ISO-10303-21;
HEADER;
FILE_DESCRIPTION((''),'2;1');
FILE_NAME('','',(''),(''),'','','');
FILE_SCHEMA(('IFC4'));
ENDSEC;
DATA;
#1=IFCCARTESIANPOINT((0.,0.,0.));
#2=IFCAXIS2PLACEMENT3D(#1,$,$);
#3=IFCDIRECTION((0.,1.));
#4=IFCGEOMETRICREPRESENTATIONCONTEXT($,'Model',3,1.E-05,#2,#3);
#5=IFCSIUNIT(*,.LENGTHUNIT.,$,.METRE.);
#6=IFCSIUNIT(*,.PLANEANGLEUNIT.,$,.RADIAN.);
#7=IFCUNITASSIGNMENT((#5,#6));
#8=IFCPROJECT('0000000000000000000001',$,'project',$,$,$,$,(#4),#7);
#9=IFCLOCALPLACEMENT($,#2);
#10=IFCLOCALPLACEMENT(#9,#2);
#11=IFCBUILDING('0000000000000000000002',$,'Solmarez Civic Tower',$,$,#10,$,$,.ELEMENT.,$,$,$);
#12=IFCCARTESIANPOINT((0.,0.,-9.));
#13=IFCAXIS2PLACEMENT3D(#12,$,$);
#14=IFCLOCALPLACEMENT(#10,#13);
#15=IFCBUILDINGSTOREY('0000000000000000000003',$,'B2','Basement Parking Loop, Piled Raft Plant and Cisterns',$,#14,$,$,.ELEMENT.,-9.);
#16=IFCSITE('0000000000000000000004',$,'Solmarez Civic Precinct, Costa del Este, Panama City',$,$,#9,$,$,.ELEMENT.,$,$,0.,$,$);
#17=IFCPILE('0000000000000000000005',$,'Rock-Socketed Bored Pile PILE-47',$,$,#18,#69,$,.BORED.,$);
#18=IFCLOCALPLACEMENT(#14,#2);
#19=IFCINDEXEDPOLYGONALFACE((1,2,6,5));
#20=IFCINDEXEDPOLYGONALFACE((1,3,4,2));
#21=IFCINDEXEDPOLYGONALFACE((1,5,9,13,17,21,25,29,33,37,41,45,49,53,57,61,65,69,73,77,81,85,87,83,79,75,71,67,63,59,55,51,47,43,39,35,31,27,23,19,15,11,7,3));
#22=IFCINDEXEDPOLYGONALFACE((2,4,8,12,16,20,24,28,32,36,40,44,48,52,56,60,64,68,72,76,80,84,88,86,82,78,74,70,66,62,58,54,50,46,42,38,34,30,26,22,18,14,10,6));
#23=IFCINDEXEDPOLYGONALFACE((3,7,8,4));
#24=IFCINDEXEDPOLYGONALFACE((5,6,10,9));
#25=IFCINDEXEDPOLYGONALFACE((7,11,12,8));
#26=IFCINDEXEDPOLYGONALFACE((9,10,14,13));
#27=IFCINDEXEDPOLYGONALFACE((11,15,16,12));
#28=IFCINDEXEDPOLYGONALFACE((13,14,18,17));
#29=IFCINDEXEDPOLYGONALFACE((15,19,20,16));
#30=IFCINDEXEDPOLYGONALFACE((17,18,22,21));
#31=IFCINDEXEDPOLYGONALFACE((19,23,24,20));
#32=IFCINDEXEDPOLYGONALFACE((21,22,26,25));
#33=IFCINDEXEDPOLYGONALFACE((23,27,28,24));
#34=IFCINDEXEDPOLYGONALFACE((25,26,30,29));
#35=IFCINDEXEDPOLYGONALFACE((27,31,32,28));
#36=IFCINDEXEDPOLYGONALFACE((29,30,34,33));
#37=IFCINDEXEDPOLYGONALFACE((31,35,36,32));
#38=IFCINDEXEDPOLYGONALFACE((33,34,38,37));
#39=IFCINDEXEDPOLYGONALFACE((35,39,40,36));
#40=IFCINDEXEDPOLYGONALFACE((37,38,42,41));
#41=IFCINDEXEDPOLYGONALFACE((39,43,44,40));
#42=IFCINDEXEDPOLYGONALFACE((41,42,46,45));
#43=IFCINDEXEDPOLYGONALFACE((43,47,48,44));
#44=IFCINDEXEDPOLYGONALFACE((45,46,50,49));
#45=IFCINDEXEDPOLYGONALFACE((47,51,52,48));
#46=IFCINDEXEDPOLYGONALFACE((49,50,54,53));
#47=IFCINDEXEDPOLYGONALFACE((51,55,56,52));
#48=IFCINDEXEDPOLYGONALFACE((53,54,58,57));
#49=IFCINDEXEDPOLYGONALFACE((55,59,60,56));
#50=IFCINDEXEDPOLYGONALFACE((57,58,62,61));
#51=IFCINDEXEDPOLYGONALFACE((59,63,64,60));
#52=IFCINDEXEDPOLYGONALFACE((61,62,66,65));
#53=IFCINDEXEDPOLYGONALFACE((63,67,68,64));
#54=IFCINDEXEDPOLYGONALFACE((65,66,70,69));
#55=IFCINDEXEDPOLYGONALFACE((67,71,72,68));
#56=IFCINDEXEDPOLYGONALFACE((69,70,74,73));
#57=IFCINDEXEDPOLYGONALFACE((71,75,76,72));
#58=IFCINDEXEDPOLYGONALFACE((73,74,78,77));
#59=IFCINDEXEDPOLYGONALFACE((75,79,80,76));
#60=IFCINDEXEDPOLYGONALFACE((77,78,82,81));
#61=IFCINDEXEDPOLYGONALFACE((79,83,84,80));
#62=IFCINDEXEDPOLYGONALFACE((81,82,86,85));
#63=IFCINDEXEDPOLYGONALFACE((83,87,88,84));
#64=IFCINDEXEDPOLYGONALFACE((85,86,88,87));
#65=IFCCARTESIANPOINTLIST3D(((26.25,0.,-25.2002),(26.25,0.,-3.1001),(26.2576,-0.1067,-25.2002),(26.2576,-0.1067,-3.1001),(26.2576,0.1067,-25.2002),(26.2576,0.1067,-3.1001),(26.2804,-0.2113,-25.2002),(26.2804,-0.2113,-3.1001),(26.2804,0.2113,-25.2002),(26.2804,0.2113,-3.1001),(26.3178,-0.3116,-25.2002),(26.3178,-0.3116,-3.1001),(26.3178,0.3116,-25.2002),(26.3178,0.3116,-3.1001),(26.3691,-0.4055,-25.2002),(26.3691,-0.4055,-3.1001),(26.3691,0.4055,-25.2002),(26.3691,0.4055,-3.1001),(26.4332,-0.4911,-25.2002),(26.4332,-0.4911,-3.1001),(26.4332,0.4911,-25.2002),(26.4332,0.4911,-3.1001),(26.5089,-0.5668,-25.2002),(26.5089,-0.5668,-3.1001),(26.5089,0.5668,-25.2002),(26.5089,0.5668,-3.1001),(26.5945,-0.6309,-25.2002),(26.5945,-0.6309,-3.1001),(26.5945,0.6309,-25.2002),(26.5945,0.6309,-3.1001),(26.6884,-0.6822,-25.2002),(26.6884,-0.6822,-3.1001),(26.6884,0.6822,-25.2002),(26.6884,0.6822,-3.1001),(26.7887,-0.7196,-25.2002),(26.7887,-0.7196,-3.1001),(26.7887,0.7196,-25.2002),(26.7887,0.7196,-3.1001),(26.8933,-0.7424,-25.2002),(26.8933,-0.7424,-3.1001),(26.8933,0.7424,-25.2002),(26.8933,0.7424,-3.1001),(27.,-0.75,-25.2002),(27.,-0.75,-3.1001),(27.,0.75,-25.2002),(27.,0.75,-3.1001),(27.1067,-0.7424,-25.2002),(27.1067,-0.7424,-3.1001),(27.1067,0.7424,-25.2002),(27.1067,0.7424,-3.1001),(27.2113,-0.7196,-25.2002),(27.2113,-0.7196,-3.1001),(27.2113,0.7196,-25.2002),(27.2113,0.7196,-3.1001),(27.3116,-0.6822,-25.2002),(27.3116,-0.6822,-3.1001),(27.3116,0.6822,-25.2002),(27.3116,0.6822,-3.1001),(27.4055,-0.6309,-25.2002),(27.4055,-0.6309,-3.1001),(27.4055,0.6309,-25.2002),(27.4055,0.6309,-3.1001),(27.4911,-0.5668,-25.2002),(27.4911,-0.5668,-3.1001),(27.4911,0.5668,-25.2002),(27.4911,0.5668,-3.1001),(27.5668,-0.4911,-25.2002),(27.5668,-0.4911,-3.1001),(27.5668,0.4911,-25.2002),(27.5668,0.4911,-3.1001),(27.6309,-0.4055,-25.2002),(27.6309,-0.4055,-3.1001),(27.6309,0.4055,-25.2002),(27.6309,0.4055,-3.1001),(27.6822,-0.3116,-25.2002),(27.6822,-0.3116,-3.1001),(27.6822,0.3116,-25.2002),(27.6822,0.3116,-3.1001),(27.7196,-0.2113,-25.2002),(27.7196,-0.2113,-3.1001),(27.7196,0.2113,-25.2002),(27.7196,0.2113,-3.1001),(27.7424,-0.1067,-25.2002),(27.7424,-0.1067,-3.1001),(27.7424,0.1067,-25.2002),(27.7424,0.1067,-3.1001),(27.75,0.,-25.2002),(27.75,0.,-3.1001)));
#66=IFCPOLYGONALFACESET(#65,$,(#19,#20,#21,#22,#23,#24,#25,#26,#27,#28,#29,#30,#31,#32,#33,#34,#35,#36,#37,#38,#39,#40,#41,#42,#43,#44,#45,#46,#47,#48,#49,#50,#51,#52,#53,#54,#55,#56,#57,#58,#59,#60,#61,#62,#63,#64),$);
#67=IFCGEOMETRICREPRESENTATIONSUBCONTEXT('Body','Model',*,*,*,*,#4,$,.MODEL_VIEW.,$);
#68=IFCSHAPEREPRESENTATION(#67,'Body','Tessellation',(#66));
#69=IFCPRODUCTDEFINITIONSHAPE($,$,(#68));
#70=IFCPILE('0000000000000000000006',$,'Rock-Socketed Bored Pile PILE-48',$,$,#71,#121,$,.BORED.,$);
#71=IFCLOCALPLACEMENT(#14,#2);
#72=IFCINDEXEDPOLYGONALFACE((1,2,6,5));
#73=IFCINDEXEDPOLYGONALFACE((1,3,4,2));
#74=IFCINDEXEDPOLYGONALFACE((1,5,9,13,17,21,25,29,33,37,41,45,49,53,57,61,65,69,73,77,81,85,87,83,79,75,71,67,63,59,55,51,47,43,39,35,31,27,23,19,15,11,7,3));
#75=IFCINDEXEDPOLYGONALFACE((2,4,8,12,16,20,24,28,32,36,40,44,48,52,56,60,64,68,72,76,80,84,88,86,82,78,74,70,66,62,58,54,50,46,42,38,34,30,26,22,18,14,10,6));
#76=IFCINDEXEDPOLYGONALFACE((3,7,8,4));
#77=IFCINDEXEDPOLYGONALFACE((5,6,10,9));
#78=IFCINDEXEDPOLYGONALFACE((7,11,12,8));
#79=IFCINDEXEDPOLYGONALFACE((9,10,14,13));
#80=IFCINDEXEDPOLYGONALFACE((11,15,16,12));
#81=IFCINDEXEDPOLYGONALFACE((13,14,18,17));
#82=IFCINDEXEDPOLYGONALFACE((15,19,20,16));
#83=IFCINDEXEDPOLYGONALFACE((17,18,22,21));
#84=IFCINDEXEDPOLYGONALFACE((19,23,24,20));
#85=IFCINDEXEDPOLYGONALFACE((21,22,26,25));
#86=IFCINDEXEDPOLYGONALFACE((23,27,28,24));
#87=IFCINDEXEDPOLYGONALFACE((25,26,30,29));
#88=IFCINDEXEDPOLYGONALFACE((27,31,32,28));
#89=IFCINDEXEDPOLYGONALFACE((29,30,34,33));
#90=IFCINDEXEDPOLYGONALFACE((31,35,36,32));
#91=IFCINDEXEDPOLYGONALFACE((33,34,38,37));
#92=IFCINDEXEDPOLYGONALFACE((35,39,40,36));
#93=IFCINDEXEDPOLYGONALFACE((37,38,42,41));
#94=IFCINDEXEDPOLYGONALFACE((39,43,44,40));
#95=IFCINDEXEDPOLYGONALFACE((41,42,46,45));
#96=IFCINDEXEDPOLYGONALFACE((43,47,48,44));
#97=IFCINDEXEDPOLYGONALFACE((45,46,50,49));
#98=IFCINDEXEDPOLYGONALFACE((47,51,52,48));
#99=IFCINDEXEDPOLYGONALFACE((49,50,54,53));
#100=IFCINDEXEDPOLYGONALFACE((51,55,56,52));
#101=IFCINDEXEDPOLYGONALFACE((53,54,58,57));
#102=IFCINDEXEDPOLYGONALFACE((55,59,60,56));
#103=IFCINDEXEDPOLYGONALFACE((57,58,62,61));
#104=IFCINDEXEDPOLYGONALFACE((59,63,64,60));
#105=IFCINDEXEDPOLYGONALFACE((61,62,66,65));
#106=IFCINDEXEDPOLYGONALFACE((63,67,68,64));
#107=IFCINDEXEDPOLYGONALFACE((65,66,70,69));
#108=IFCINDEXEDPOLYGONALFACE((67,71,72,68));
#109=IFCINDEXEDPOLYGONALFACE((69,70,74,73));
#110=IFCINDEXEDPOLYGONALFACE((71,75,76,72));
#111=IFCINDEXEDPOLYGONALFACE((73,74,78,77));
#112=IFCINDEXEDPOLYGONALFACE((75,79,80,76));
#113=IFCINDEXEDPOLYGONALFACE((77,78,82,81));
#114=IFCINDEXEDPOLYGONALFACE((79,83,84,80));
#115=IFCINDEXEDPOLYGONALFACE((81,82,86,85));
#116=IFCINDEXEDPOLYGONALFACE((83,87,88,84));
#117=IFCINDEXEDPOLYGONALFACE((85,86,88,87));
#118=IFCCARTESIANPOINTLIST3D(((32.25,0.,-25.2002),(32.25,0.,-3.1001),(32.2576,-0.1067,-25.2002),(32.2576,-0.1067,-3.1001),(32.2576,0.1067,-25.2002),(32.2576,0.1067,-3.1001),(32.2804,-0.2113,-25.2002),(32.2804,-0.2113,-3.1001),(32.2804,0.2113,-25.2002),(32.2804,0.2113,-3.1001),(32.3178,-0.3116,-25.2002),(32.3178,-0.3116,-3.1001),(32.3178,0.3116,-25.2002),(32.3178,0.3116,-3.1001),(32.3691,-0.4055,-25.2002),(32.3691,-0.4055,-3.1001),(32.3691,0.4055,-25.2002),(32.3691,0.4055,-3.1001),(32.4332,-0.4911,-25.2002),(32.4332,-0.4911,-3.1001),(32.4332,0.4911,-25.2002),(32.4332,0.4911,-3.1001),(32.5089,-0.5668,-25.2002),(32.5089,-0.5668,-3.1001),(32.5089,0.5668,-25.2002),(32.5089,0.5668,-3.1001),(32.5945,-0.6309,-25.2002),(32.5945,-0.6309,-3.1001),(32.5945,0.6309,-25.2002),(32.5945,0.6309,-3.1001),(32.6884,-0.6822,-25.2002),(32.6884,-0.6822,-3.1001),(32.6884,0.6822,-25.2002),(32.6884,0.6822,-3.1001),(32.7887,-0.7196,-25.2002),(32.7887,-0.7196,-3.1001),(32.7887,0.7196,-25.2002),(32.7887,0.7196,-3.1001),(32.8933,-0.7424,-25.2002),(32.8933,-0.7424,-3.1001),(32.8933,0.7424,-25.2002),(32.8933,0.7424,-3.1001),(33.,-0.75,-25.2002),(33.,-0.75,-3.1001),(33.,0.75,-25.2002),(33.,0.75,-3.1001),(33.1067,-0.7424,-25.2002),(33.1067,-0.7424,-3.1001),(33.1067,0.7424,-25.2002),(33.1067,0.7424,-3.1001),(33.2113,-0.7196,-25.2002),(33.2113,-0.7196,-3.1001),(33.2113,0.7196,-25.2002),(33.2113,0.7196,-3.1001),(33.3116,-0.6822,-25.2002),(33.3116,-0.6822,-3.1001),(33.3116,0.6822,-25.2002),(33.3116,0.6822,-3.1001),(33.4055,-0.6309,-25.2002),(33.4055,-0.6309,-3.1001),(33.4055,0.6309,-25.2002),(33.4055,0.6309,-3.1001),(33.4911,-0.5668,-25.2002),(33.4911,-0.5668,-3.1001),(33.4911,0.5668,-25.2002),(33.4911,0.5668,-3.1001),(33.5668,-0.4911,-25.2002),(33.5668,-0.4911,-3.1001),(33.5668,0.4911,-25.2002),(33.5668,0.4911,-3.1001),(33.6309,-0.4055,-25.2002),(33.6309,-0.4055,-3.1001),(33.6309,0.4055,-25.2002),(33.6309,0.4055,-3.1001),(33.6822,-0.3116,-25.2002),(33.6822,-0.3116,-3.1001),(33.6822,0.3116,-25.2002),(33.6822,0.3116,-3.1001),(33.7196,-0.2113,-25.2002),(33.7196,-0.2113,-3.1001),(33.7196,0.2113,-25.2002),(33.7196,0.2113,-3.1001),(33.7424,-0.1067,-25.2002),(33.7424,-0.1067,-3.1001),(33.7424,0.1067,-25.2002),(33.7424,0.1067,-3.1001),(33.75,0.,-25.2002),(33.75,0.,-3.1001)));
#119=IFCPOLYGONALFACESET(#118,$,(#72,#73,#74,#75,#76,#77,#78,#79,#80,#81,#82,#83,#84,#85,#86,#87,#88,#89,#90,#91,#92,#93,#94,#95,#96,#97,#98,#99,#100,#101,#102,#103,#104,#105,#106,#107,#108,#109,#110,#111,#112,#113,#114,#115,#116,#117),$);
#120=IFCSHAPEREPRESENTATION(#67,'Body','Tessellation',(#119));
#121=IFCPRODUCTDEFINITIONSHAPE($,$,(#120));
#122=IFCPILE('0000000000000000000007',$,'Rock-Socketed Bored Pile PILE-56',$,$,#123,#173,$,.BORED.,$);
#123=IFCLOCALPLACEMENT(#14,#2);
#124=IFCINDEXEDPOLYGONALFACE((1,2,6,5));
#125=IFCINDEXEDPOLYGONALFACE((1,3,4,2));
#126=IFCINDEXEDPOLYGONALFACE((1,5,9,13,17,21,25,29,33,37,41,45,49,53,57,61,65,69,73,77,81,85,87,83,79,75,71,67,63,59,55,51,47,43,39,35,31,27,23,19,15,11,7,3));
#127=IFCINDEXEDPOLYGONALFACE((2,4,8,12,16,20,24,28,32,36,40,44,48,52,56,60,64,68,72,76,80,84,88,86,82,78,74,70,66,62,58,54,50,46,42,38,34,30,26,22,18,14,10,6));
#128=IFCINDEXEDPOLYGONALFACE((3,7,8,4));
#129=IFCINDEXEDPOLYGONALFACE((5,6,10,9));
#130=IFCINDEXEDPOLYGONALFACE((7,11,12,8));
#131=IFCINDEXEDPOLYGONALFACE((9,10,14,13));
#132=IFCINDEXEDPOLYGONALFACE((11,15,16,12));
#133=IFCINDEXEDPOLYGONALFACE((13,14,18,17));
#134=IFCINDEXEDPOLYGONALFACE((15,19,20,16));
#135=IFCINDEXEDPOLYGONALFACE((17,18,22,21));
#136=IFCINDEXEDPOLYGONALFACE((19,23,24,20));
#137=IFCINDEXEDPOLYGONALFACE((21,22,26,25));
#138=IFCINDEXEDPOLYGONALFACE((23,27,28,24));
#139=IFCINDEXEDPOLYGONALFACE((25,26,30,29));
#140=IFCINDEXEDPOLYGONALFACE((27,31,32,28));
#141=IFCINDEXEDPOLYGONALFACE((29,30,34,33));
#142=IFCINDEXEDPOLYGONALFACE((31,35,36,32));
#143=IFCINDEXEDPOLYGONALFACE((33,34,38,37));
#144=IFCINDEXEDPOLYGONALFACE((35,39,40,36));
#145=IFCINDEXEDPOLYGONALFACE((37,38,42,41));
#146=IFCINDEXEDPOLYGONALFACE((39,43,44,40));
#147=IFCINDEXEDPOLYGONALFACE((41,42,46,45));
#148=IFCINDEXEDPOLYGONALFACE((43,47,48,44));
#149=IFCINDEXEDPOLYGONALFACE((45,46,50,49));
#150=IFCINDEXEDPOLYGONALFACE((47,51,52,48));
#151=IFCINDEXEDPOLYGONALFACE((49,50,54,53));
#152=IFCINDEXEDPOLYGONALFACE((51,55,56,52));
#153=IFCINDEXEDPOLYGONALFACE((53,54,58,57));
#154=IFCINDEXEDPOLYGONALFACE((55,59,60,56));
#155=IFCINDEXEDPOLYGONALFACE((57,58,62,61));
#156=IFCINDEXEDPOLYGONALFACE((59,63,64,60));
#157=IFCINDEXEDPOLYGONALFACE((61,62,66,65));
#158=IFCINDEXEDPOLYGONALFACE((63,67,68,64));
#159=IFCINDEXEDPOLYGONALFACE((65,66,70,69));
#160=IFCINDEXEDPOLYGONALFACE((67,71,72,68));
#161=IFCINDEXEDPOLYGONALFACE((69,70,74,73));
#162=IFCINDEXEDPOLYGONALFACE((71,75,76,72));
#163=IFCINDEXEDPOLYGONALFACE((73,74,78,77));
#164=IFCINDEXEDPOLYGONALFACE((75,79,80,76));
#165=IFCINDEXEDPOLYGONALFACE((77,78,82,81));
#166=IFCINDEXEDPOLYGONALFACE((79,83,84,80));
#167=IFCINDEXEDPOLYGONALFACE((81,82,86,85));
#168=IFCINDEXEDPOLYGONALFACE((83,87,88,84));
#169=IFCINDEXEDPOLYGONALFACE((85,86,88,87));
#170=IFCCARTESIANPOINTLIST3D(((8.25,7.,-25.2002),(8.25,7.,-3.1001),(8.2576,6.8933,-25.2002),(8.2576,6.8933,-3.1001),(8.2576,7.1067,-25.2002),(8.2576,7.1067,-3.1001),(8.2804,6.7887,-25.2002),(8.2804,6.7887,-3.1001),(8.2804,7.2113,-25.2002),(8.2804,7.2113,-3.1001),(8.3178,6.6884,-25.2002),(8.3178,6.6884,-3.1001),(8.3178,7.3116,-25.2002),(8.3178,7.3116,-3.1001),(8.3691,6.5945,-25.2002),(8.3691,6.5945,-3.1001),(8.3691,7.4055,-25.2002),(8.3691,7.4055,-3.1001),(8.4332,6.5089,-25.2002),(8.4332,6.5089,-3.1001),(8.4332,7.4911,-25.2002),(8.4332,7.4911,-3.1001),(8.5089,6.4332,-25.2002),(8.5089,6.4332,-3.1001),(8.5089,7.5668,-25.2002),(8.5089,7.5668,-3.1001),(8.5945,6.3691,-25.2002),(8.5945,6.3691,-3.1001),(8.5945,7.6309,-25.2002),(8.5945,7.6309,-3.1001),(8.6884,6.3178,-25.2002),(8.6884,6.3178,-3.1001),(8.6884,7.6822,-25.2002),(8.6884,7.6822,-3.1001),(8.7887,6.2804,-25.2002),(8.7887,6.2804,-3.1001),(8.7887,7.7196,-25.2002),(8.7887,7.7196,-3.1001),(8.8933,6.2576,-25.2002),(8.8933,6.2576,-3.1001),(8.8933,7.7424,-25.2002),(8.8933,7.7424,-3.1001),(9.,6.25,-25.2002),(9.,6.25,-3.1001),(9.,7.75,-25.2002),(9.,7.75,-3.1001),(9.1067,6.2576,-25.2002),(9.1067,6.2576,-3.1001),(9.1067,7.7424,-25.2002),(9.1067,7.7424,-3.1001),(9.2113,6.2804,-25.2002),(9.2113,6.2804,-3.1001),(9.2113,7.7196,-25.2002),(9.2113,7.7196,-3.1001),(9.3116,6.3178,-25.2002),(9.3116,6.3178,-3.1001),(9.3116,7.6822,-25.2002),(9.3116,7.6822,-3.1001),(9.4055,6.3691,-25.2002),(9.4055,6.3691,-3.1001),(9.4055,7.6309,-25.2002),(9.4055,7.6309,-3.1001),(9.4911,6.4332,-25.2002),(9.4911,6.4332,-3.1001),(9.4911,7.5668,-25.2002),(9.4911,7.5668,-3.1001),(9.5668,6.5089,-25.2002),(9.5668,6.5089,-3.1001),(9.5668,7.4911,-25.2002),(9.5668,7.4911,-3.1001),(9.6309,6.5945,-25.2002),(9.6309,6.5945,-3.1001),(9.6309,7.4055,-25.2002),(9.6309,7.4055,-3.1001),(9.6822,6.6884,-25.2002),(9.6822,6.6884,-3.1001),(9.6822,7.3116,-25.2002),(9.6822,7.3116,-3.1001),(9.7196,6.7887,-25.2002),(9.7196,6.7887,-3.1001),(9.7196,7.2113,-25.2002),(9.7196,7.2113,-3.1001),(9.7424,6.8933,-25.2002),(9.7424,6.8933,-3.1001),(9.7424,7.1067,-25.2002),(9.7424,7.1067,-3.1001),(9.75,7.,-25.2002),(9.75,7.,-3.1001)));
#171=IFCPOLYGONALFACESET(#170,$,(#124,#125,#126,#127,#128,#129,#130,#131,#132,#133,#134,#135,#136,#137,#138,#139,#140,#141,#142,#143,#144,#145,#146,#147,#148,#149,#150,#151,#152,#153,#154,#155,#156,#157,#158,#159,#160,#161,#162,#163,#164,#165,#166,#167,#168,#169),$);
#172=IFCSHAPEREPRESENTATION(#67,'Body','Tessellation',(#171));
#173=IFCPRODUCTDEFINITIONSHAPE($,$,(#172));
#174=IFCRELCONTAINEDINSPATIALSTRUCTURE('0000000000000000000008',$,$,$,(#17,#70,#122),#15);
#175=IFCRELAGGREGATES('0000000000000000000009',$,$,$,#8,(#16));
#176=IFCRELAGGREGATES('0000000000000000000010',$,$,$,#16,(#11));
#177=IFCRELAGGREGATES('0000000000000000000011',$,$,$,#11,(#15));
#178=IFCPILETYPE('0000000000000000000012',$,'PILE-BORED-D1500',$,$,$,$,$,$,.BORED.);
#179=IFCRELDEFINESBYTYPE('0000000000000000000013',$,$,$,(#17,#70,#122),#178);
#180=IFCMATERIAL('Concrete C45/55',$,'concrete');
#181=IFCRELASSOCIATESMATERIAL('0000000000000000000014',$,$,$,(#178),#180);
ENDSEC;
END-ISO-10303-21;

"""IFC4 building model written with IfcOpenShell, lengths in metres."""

from ifc_helpers import new_model, si_unit, direction, frame, origin, origin_2d, place, context, subcontext, project, spatial, circle, extrude, material, material_profile, profile_set, type_object, element, save


model = new_model("IFC4")

# Units and contexts
model_context = context("Model", 3, precision=1e-05, world=origin(), true_north=direction((0.0, 1.0)))
body_context = subcontext(model_context, "Body", "Model", "MODEL_VIEW")
ifc_project = project(units=[si_unit("LENGTHUNIT", "METRE"), si_unit("PLANEANGLEUNIT", "RADIAN")], contexts=[model_context])

# Site, building, storey
site_placement = place(None, origin())
site = spatial("IfcSite", under=ifc_project, at=site_placement, Name="Solmarez Civic Precinct, Costa del Este, Panama City", CompositionType="ELEMENT", RefElevation=0.0)
building_placement = place(site_placement, origin())
building = spatial("IfcBuilding", under=site, at=building_placement, Name="Solmarez Civic Tower", CompositionType="ELEMENT")
storey_placement = place(building_placement, frame((0.0, 0.0, -9.0)))
storey = spatial("IfcBuildingStorey", under=building, at=storey_placement, Name="B2", Description="Basement Parking Loop, Piled Raft Plant and Cisterns", CompositionType="ELEMENT", Elevation=-9.0)

# Piles
ifc_material_1 = material(Name="Concrete C45/55", Category="concrete")
ifc_material_profile_1 = material_profile(ifc_material_1, circle(Radius=0.75, at=origin_2d()), Name="PILE-D1500")
ifc_profile_set_1 = profile_set([ifc_material_profile_1], Name="Concrete C45/55")
pile_type = type_object("IfcPileType", Name="PILE-BORED-D1500", PredefinedType="BORED", material=ifc_profile_set_1)
for number, where, z_axis, x_axis, name in (
    (1, (27.0, 0.0, -3.1001), (0.0, 0.0, -1.0), (1.0, 0.0, 0.0), "Rock-Socketed Bored Pile PILE-47"),
    (2, (33.0, 0.0, -3.1001), (0.0, 0.0, -1.0), (1.0, 0.0, 0.0), "Rock-Socketed Bored Pile PILE-48"),
    (3, (9.0, 7.0, -3.1001), (0.0, 0.0, -1.0), (1.0, 0.0, 0.0), "Rock-Socketed Bored Pile PILE-56"),
):
    element("IfcPile", number, at=place(storey_placement, frame(where, z_axis=z_axis, x_axis=x_axis)), inside=storey, type_object=pile_type, Name=name, PredefinedType="BORED", context=body_context, shape_type="SweptSolid", body=[
        extrude(circle(Radius=0.75, at=origin_2d()), origin(), (0.0, 0.0, 1.0), 22.1001),
    ])

save(model, "model.ifc")
